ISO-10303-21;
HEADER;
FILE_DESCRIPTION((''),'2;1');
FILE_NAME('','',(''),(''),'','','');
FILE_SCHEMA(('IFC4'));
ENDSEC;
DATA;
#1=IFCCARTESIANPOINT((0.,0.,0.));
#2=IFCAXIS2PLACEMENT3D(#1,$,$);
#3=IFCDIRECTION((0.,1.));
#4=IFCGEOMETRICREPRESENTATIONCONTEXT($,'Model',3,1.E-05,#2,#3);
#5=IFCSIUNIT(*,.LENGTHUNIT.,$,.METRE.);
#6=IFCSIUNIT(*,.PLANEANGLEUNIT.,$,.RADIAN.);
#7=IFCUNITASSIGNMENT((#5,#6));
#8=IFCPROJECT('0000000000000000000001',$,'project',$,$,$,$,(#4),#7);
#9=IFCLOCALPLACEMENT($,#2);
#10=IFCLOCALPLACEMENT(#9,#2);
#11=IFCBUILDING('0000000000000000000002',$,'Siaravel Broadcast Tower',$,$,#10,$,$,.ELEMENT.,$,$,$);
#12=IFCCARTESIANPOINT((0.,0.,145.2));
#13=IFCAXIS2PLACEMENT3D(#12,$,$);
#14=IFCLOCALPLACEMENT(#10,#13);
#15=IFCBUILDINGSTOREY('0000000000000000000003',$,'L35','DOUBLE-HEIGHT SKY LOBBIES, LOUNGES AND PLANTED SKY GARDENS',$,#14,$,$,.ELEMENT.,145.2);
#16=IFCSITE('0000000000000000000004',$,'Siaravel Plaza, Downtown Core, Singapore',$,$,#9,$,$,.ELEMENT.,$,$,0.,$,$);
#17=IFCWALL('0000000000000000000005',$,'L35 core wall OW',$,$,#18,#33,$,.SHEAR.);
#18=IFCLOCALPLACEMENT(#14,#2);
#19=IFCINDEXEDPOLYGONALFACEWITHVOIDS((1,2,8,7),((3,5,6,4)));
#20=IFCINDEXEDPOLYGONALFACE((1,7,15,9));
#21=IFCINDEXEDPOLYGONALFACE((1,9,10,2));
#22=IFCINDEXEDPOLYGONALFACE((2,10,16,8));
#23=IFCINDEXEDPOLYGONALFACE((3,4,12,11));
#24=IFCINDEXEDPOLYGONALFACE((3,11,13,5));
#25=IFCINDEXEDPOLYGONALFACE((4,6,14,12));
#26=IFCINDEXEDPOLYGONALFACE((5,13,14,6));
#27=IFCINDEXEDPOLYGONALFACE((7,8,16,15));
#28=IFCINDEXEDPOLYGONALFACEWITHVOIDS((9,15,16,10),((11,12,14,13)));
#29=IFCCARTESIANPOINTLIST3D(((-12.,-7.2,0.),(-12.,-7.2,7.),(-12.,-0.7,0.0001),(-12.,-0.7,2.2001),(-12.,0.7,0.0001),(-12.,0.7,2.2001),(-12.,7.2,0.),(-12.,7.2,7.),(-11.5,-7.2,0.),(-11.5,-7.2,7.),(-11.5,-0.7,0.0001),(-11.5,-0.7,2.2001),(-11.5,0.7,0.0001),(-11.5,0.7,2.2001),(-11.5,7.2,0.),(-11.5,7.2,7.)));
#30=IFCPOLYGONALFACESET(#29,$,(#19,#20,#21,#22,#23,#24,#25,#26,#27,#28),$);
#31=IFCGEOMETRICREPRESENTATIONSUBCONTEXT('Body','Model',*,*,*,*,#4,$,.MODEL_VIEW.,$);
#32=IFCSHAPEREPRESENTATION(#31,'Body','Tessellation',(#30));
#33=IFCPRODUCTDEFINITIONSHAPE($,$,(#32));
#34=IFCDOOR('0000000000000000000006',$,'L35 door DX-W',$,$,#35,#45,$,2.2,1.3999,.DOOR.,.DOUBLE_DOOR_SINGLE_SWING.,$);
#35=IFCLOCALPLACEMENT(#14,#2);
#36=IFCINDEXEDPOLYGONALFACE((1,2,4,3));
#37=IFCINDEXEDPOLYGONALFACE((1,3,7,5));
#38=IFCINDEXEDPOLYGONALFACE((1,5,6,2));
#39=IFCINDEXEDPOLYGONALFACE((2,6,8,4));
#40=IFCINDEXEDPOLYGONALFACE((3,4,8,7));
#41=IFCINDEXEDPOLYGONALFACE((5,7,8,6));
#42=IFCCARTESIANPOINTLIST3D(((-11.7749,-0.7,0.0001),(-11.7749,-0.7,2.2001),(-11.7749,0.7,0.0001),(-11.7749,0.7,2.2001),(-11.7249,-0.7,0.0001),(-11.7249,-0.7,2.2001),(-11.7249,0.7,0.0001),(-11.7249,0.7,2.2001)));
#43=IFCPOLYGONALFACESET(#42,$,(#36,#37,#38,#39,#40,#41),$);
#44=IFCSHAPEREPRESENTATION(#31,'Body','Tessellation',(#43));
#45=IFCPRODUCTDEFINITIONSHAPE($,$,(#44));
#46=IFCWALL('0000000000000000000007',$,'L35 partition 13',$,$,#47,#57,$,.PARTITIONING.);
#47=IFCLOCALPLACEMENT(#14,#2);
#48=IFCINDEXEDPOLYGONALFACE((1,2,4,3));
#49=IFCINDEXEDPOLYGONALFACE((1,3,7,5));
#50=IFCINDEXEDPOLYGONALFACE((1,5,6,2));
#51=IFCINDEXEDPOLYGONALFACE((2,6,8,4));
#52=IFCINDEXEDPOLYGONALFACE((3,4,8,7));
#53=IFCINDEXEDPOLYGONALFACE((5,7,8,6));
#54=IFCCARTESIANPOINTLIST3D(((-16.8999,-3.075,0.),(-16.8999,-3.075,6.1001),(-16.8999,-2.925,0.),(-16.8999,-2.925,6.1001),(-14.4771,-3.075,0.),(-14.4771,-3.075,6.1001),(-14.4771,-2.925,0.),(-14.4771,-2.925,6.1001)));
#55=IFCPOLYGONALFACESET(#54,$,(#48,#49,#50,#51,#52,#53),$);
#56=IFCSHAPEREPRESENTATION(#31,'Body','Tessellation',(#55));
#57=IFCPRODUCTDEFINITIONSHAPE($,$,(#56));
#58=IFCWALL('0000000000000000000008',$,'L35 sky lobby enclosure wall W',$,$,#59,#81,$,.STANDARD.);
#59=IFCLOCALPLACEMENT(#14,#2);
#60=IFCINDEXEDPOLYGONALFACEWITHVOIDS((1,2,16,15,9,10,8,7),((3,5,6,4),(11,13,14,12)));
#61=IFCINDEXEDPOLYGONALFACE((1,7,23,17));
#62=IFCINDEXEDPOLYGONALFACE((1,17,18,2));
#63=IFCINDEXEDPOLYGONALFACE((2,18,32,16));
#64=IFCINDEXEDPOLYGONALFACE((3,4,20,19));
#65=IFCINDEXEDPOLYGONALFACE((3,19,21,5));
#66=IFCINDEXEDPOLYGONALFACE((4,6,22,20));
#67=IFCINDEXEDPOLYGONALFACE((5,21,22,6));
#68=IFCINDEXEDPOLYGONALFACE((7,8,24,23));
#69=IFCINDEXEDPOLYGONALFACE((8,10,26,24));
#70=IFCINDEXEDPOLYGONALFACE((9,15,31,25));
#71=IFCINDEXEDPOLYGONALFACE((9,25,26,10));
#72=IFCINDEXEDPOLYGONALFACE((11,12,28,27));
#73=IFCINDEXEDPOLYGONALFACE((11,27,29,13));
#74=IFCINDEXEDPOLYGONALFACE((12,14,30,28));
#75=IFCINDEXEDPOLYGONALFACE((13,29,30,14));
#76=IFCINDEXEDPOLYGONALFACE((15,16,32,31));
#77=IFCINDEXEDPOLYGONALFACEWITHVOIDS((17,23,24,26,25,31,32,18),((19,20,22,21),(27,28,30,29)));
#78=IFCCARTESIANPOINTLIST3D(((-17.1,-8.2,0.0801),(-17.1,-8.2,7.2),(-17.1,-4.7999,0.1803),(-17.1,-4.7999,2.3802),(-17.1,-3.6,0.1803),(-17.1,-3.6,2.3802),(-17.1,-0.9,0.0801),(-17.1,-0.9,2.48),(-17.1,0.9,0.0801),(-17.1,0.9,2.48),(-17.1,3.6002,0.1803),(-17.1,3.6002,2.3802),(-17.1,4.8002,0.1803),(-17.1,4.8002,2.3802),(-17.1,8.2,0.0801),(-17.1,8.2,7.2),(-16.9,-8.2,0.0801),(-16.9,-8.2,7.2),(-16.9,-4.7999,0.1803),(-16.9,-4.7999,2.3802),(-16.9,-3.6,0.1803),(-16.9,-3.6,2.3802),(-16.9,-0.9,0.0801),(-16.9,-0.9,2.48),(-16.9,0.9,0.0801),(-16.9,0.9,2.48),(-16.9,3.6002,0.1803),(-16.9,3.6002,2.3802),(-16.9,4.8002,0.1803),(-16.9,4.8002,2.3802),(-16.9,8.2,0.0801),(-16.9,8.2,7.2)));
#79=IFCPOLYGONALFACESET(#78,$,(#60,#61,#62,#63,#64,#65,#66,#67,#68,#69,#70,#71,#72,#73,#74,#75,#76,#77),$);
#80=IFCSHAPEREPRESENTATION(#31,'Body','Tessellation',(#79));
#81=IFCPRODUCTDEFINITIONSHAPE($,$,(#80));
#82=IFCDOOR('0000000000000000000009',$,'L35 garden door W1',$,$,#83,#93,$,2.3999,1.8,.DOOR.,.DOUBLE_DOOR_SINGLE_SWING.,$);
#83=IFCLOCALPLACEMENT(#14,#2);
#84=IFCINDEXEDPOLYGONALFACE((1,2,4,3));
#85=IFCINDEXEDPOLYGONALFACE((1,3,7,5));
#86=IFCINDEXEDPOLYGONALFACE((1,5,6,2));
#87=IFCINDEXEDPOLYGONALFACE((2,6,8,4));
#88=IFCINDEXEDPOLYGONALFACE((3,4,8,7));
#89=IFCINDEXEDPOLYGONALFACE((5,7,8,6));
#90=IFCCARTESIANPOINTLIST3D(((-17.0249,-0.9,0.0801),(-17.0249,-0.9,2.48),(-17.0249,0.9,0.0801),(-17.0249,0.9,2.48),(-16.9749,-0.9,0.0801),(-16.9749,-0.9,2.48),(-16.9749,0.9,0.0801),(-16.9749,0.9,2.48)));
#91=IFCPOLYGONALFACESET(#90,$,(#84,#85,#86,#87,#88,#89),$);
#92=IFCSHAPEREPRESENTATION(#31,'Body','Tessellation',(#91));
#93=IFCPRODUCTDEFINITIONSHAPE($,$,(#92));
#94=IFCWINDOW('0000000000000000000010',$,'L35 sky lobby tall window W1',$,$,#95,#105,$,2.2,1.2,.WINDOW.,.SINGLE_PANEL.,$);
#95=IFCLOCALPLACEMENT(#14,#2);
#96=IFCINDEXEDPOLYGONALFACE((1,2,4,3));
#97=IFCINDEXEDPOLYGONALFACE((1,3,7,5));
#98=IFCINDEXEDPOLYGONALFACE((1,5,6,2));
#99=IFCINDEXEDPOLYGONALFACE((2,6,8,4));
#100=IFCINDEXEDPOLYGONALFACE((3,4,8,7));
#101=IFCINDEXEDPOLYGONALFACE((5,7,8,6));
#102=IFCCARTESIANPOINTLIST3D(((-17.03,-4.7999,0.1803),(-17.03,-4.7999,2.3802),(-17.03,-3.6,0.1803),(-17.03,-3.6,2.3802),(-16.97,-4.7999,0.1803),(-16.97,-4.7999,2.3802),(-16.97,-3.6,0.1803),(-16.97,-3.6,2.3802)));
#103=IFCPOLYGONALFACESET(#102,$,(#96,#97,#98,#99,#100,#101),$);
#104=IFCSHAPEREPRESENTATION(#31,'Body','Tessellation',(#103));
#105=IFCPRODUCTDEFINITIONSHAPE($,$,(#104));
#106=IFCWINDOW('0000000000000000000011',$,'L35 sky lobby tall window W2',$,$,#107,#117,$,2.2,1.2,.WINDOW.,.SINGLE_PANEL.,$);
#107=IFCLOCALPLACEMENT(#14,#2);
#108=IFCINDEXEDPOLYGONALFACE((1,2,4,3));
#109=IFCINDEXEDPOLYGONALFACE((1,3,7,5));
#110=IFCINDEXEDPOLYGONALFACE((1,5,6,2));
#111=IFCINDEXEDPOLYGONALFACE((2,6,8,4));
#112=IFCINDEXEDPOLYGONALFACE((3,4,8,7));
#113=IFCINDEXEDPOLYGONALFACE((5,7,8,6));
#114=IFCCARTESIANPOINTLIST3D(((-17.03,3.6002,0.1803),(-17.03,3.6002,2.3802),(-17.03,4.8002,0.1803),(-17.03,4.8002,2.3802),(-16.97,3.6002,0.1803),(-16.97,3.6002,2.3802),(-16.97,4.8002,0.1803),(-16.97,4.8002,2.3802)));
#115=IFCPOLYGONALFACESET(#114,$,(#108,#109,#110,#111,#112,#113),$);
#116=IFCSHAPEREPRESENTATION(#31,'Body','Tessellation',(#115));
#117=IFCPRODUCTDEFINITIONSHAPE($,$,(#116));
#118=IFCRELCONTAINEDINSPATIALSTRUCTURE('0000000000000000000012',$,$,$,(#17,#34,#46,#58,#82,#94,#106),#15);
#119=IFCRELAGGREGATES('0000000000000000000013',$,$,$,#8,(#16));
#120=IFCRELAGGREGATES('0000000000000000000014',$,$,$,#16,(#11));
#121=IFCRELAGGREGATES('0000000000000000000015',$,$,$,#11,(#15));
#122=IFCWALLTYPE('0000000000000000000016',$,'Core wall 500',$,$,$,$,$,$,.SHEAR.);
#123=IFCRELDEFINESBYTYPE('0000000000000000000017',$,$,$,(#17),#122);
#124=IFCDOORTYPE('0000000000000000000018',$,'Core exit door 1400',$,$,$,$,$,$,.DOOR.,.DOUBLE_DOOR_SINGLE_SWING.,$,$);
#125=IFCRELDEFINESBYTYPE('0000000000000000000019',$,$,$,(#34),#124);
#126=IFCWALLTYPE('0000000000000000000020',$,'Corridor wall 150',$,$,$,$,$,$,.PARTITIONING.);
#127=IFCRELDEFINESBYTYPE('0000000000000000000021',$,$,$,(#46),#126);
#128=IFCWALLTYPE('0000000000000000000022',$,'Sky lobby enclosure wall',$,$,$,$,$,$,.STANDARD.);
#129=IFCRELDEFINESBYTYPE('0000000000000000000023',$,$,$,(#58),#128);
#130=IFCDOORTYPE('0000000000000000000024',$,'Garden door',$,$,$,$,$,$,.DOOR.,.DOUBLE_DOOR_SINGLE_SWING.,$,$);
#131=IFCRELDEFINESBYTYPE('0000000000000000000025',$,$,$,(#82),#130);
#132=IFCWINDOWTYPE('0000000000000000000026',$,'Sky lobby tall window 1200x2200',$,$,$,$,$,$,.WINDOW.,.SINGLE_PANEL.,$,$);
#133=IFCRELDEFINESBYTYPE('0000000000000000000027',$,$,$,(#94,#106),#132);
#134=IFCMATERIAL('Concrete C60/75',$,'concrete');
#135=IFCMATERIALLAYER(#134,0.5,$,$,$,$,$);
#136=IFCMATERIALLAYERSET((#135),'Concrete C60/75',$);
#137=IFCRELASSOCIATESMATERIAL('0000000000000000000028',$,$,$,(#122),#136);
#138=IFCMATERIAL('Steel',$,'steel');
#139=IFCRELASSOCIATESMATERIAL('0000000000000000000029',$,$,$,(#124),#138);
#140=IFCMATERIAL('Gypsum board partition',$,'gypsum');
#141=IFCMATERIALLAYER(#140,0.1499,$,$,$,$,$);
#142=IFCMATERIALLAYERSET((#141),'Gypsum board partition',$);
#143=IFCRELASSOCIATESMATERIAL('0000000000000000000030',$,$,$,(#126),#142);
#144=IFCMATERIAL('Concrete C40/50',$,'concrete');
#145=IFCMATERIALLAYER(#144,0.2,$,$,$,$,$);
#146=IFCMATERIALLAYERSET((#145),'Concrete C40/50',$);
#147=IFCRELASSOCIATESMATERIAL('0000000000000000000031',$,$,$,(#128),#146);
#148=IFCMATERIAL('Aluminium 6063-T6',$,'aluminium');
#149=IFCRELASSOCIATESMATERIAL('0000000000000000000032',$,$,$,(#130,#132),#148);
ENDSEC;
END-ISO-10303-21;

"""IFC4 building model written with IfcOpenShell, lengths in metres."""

from ifc_helpers import new_model, si_unit, direction, frame, frame_2d, origin, place, context, subcontext, project, spatial, rectangle, extrude, material, layer, layer_set, type_object, element, fill, save


model = new_model("IFC4")

# Units and contexts
model_context = context("Model", 3, precision=1e-05, world=origin(), true_north=direction((0.0, 1.0)))
body_context = subcontext(model_context, "Body", "Model", "MODEL_VIEW")
ifc_project = project(units=[si_unit("LENGTHUNIT", "METRE"), si_unit("PLANEANGLEUNIT", "RADIAN")], contexts=[model_context])

# Site, building, storey
site_placement = place(None, origin())
site = spatial("IfcSite", under=ifc_project, at=site_placement, Name="Siaravel Plaza, Downtown Core, Singapore", CompositionType="ELEMENT", RefElevation=0.0)
building_placement = place(site_placement, origin())
building = spatial("IfcBuilding", under=site, at=building_placement, Name="Siaravel Broadcast Tower", CompositionType="ELEMENT")
storey_placement = place(building_placement, frame((0.0, 0.0, 145.2)))
storey = spatial("IfcBuildingStorey", under=building, at=storey_placement, Name="L35", Description="DOUBLE-HEIGHT SKY LOBBIES, LOUNGES AND PLANTED SKY GARDENS", CompositionType="ELEMENT", Elevation=145.2)

# Wall, opening, door
ifc_material_1 = material(Name="Concrete C60/75", Category="concrete")
ifc_layer_1 = layer(ifc_material_1, 0.5)
ifc_layer_set_1 = layer_set([ifc_layer_1], Name="Concrete C60/75")
wall_type_1 = type_object("IfcWallType", Name="Core wall 500", PredefinedType="SHEAR", material=ifc_layer_set_1)
wall_1_placement = place(storey_placement, frame((-11.75, -7.2, 0.0), z_axis=(0.0, 0.0, 1.0), x_axis=(0.0, 1.0, 0.0)))
wall_1 = element("IfcWall", 1, at=wall_1_placement, inside=storey, type_object=wall_type_1, Name="L35 core wall OW", PredefinedType="SHEAR", context=body_context, shape_type="SweptSolid", body=[
    extrude(rectangle(XDim=14.3999, YDim=0.5, at=frame_2d((7.2, 0.0))), origin(), (0.0, 0.0, 1.0), 7.0),
])
opening_1_placement = place(wall_1_placement, frame((6.5, 0.0, 0.0)))
opening_1 = element("IfcOpeningElement", 2, at=opening_1_placement, cuts=wall_1, PredefinedType="OPENING", context=body_context, shape_type="SweptSolid", body=[
    extrude(rectangle(XDim=1.3999, YDim=2.2, at=frame_2d((0.7, 1.1001))), frame((0.0, 0.26, 0.0), z_axis=(0.0, -1.0, 0.0), x_axis=(1.0, 0.0, 0.0)), (0.0, 0.0, 1.0), 0.52),
])
ifc_material_2 = material(Name="Steel", Category="steel")
door_type_1 = type_object("IfcDoorType", Name="Core exit door 1400", OperationType="DOUBLE_DOOR_SINGLE_SWING", PredefinedType="DOOR", material=ifc_material_2)
door_1_placement = place(opening_1_placement, origin())
door_1 = element("IfcDoor", 3, at=door_1_placement, inside=storey, type_object=door_type_1, Name="L35 door DX-W", OperationType="DOUBLE_DOOR_SINGLE_SWING", OverallHeight=2.2, OverallWidth=1.3999, PredefinedType="DOOR", context=body_context, shape_type="SweptSolid", body=[
    extrude(rectangle(XDim=1.3999, YDim=2.2, at=frame_2d((0.7, 1.1001))), frame((0.0, 0.0249, 0.0), z_axis=(0.0, -1.0, 0.0), x_axis=(1.0, 0.0, 0.0)), (0.0, 0.0, 1.0), 0.05),
])
fill(opening_1, door_1)

# Wall
ifc_material_3 = material(Name="Gypsum board partition", Category="gypsum")
ifc_layer_2 = layer(ifc_material_3, 0.1499)
ifc_layer_set_2 = layer_set([ifc_layer_2], Name="Gypsum board partition")
wall_type_2 = type_object("IfcWallType", Name="Corridor wall 150", PredefinedType="PARTITIONING", material=ifc_layer_set_2)
wall_2_placement = place(storey_placement, frame((-14.4771, -3.0, 0.0), z_axis=(0.0, 0.0, 1.0), x_axis=(-1.0, 0.0, 0.0)))
element("IfcWall", 4, at=wall_2_placement, inside=storey, type_object=wall_type_2, Name="L35 partition 13", PredefinedType="PARTITIONING", context=body_context, shape_type="SweptSolid", body=[
    extrude(rectangle(XDim=2.4229, YDim=0.1499, at=frame_2d((1.2114, 0.0))), origin(), (0.0, 0.0, 1.0), 6.1001),
])

# Wall, openings, door, windows
ifc_material_4 = material(Name="Concrete C40/50", Category="concrete")
ifc_layer_3 = layer(ifc_material_4, 0.2)
ifc_layer_set_3 = layer_set([ifc_layer_3], Name="Concrete C40/50")
wall_type_3 = type_object("IfcWallType", Name="Sky lobby enclosure wall", PredefinedType="STANDARD", material=ifc_layer_set_3)
wall_3_placement = place(storey_placement, frame((-17.0, -8.2, 0.0801), z_axis=(0.0, 0.0, 1.0), x_axis=(0.0, 1.0, 0.0)))
wall_3 = element("IfcWall", 5, at=wall_3_placement, inside=storey, type_object=wall_type_3, Name="L35 sky lobby enclosure wall W", PredefinedType="STANDARD", context=body_context, shape_type="SweptSolid", body=[
    extrude(rectangle(XDim=16.3999, YDim=0.2, at=frame_2d((8.2, 0.0))), origin(), (0.0, 0.0, 1.0), 7.1199),
])
opening_2_placement = place(wall_3_placement, frame((7.3, 0.0, 0.0)))
opening_2 = element("IfcOpeningElement", 6, at=opening_2_placement, cuts=wall_3, PredefinedType="OPENING", context=body_context, shape_type="SweptSolid", body=[
    extrude(rectangle(XDim=1.8, YDim=2.3999, at=frame_2d((0.8999, 1.2))), frame((0.0, 0.1099, 0.0), z_axis=(0.0, -1.0, 0.0), x_axis=(1.0, 0.0, 0.0)), (0.0, 0.0, 1.0), 0.22),
])
opening_3_placement = place(wall_3_placement, frame((3.3999, 0.0, 0.1001)))
opening_3 = element("IfcOpeningElement", 7, at=opening_3_placement, cuts=wall_3, PredefinedType="OPENING", context=body_context, shape_type="SweptSolid", body=[
    extrude(rectangle(XDim=1.2, YDim=2.2, at=frame_2d((0.6001, 1.1001))), frame((0.0, 0.1099, 0.0), z_axis=(0.0, -1.0, 0.0), x_axis=(1.0, 0.0, 0.0)), (0.0, 0.0, 1.0), 0.22),
])
opening_4_placement = place(wall_3_placement, frame((11.8, 0.0, 0.1001)))
opening_4 = element("IfcOpeningElement", 8, at=opening_4_placement, cuts=wall_3, PredefinedType="OPENING", context=body_context, shape_type="SweptSolid", body=[
    extrude(rectangle(XDim=1.2, YDim=2.2, at=frame_2d((0.6001, 1.1001))), frame((0.0, 0.1099, 0.0), z_axis=(0.0, -1.0, 0.0), x_axis=(1.0, 0.0, 0.0)), (0.0, 0.0, 1.0), 0.22),
])
ifc_material_5 = material(Name="Aluminium 6063-T6", Category="aluminium")
door_type_2 = type_object("IfcDoorType", Name="Garden door", OperationType="DOUBLE_DOOR_SINGLE_SWING", PredefinedType="DOOR", material=ifc_material_5)
door_2_placement = place(opening_2_placement, origin())
door_2 = element("IfcDoor", 9, at=door_2_placement, inside=storey, type_object=door_type_2, Name="L35 garden door W1", OperationType="DOUBLE_DOOR_SINGLE_SWING", OverallHeight=2.3999, OverallWidth=1.8, PredefinedType="DOOR", context=body_context, shape_type="SweptSolid", body=[
    extrude(rectangle(XDim=1.8, YDim=2.3999, at=frame_2d((0.8999, 1.2))), frame((0.0, 0.0249, 0.0), z_axis=(0.0, -1.0, 0.0), x_axis=(1.0, 0.0, 0.0)), (0.0, 0.0, 1.0), 0.05),
])
fill(opening_2, door_2)
window_type = type_object("IfcWindowType", Name="Sky lobby tall window 1200x2200", PartitioningType="SINGLE_PANEL", PredefinedType="WINDOW", material=ifc_material_5)
window_1_placement = place(opening_3_placement, origin())
window_1 = element("IfcWindow", 10, at=window_1_placement, inside=storey, type_object=window_type, Name="L35 sky lobby tall window W1", OverallHeight=2.2, OverallWidth=1.2, PartitioningType="SINGLE_PANEL", PredefinedType="WINDOW", context=body_context, shape_type="SweptSolid", body=[
    extrude(rectangle(XDim=1.2, YDim=2.2, at=frame_2d((0.6001, 1.1001))), frame((0.0, 0.03, 0.0), z_axis=(0.0, -1.0, 0.0), x_axis=(1.0, 0.0, 0.0)), (0.0, 0.0, 1.0), 0.0601),
])
fill(opening_3, window_1)
window_2_placement = place(opening_4_placement, origin())
window_2 = element("IfcWindow", 11, at=window_2_placement, inside=storey, type_object=window_type, Name="L35 sky lobby tall window W2", OverallHeight=2.2, OverallWidth=1.2, PartitioningType="SINGLE_PANEL", PredefinedType="WINDOW", context=body_context, shape_type="SweptSolid", body=[
    extrude(rectangle(XDim=1.2, YDim=2.2, at=frame_2d((0.6001, 1.1001))), frame((0.0, 0.03, 0.0), z_axis=(0.0, -1.0, 0.0), x_axis=(1.0, 0.0, 0.0)), (0.0, 0.0, 1.0), 0.0601),
])
fill(opening_4, window_2)

save(model, "model.ifc")
